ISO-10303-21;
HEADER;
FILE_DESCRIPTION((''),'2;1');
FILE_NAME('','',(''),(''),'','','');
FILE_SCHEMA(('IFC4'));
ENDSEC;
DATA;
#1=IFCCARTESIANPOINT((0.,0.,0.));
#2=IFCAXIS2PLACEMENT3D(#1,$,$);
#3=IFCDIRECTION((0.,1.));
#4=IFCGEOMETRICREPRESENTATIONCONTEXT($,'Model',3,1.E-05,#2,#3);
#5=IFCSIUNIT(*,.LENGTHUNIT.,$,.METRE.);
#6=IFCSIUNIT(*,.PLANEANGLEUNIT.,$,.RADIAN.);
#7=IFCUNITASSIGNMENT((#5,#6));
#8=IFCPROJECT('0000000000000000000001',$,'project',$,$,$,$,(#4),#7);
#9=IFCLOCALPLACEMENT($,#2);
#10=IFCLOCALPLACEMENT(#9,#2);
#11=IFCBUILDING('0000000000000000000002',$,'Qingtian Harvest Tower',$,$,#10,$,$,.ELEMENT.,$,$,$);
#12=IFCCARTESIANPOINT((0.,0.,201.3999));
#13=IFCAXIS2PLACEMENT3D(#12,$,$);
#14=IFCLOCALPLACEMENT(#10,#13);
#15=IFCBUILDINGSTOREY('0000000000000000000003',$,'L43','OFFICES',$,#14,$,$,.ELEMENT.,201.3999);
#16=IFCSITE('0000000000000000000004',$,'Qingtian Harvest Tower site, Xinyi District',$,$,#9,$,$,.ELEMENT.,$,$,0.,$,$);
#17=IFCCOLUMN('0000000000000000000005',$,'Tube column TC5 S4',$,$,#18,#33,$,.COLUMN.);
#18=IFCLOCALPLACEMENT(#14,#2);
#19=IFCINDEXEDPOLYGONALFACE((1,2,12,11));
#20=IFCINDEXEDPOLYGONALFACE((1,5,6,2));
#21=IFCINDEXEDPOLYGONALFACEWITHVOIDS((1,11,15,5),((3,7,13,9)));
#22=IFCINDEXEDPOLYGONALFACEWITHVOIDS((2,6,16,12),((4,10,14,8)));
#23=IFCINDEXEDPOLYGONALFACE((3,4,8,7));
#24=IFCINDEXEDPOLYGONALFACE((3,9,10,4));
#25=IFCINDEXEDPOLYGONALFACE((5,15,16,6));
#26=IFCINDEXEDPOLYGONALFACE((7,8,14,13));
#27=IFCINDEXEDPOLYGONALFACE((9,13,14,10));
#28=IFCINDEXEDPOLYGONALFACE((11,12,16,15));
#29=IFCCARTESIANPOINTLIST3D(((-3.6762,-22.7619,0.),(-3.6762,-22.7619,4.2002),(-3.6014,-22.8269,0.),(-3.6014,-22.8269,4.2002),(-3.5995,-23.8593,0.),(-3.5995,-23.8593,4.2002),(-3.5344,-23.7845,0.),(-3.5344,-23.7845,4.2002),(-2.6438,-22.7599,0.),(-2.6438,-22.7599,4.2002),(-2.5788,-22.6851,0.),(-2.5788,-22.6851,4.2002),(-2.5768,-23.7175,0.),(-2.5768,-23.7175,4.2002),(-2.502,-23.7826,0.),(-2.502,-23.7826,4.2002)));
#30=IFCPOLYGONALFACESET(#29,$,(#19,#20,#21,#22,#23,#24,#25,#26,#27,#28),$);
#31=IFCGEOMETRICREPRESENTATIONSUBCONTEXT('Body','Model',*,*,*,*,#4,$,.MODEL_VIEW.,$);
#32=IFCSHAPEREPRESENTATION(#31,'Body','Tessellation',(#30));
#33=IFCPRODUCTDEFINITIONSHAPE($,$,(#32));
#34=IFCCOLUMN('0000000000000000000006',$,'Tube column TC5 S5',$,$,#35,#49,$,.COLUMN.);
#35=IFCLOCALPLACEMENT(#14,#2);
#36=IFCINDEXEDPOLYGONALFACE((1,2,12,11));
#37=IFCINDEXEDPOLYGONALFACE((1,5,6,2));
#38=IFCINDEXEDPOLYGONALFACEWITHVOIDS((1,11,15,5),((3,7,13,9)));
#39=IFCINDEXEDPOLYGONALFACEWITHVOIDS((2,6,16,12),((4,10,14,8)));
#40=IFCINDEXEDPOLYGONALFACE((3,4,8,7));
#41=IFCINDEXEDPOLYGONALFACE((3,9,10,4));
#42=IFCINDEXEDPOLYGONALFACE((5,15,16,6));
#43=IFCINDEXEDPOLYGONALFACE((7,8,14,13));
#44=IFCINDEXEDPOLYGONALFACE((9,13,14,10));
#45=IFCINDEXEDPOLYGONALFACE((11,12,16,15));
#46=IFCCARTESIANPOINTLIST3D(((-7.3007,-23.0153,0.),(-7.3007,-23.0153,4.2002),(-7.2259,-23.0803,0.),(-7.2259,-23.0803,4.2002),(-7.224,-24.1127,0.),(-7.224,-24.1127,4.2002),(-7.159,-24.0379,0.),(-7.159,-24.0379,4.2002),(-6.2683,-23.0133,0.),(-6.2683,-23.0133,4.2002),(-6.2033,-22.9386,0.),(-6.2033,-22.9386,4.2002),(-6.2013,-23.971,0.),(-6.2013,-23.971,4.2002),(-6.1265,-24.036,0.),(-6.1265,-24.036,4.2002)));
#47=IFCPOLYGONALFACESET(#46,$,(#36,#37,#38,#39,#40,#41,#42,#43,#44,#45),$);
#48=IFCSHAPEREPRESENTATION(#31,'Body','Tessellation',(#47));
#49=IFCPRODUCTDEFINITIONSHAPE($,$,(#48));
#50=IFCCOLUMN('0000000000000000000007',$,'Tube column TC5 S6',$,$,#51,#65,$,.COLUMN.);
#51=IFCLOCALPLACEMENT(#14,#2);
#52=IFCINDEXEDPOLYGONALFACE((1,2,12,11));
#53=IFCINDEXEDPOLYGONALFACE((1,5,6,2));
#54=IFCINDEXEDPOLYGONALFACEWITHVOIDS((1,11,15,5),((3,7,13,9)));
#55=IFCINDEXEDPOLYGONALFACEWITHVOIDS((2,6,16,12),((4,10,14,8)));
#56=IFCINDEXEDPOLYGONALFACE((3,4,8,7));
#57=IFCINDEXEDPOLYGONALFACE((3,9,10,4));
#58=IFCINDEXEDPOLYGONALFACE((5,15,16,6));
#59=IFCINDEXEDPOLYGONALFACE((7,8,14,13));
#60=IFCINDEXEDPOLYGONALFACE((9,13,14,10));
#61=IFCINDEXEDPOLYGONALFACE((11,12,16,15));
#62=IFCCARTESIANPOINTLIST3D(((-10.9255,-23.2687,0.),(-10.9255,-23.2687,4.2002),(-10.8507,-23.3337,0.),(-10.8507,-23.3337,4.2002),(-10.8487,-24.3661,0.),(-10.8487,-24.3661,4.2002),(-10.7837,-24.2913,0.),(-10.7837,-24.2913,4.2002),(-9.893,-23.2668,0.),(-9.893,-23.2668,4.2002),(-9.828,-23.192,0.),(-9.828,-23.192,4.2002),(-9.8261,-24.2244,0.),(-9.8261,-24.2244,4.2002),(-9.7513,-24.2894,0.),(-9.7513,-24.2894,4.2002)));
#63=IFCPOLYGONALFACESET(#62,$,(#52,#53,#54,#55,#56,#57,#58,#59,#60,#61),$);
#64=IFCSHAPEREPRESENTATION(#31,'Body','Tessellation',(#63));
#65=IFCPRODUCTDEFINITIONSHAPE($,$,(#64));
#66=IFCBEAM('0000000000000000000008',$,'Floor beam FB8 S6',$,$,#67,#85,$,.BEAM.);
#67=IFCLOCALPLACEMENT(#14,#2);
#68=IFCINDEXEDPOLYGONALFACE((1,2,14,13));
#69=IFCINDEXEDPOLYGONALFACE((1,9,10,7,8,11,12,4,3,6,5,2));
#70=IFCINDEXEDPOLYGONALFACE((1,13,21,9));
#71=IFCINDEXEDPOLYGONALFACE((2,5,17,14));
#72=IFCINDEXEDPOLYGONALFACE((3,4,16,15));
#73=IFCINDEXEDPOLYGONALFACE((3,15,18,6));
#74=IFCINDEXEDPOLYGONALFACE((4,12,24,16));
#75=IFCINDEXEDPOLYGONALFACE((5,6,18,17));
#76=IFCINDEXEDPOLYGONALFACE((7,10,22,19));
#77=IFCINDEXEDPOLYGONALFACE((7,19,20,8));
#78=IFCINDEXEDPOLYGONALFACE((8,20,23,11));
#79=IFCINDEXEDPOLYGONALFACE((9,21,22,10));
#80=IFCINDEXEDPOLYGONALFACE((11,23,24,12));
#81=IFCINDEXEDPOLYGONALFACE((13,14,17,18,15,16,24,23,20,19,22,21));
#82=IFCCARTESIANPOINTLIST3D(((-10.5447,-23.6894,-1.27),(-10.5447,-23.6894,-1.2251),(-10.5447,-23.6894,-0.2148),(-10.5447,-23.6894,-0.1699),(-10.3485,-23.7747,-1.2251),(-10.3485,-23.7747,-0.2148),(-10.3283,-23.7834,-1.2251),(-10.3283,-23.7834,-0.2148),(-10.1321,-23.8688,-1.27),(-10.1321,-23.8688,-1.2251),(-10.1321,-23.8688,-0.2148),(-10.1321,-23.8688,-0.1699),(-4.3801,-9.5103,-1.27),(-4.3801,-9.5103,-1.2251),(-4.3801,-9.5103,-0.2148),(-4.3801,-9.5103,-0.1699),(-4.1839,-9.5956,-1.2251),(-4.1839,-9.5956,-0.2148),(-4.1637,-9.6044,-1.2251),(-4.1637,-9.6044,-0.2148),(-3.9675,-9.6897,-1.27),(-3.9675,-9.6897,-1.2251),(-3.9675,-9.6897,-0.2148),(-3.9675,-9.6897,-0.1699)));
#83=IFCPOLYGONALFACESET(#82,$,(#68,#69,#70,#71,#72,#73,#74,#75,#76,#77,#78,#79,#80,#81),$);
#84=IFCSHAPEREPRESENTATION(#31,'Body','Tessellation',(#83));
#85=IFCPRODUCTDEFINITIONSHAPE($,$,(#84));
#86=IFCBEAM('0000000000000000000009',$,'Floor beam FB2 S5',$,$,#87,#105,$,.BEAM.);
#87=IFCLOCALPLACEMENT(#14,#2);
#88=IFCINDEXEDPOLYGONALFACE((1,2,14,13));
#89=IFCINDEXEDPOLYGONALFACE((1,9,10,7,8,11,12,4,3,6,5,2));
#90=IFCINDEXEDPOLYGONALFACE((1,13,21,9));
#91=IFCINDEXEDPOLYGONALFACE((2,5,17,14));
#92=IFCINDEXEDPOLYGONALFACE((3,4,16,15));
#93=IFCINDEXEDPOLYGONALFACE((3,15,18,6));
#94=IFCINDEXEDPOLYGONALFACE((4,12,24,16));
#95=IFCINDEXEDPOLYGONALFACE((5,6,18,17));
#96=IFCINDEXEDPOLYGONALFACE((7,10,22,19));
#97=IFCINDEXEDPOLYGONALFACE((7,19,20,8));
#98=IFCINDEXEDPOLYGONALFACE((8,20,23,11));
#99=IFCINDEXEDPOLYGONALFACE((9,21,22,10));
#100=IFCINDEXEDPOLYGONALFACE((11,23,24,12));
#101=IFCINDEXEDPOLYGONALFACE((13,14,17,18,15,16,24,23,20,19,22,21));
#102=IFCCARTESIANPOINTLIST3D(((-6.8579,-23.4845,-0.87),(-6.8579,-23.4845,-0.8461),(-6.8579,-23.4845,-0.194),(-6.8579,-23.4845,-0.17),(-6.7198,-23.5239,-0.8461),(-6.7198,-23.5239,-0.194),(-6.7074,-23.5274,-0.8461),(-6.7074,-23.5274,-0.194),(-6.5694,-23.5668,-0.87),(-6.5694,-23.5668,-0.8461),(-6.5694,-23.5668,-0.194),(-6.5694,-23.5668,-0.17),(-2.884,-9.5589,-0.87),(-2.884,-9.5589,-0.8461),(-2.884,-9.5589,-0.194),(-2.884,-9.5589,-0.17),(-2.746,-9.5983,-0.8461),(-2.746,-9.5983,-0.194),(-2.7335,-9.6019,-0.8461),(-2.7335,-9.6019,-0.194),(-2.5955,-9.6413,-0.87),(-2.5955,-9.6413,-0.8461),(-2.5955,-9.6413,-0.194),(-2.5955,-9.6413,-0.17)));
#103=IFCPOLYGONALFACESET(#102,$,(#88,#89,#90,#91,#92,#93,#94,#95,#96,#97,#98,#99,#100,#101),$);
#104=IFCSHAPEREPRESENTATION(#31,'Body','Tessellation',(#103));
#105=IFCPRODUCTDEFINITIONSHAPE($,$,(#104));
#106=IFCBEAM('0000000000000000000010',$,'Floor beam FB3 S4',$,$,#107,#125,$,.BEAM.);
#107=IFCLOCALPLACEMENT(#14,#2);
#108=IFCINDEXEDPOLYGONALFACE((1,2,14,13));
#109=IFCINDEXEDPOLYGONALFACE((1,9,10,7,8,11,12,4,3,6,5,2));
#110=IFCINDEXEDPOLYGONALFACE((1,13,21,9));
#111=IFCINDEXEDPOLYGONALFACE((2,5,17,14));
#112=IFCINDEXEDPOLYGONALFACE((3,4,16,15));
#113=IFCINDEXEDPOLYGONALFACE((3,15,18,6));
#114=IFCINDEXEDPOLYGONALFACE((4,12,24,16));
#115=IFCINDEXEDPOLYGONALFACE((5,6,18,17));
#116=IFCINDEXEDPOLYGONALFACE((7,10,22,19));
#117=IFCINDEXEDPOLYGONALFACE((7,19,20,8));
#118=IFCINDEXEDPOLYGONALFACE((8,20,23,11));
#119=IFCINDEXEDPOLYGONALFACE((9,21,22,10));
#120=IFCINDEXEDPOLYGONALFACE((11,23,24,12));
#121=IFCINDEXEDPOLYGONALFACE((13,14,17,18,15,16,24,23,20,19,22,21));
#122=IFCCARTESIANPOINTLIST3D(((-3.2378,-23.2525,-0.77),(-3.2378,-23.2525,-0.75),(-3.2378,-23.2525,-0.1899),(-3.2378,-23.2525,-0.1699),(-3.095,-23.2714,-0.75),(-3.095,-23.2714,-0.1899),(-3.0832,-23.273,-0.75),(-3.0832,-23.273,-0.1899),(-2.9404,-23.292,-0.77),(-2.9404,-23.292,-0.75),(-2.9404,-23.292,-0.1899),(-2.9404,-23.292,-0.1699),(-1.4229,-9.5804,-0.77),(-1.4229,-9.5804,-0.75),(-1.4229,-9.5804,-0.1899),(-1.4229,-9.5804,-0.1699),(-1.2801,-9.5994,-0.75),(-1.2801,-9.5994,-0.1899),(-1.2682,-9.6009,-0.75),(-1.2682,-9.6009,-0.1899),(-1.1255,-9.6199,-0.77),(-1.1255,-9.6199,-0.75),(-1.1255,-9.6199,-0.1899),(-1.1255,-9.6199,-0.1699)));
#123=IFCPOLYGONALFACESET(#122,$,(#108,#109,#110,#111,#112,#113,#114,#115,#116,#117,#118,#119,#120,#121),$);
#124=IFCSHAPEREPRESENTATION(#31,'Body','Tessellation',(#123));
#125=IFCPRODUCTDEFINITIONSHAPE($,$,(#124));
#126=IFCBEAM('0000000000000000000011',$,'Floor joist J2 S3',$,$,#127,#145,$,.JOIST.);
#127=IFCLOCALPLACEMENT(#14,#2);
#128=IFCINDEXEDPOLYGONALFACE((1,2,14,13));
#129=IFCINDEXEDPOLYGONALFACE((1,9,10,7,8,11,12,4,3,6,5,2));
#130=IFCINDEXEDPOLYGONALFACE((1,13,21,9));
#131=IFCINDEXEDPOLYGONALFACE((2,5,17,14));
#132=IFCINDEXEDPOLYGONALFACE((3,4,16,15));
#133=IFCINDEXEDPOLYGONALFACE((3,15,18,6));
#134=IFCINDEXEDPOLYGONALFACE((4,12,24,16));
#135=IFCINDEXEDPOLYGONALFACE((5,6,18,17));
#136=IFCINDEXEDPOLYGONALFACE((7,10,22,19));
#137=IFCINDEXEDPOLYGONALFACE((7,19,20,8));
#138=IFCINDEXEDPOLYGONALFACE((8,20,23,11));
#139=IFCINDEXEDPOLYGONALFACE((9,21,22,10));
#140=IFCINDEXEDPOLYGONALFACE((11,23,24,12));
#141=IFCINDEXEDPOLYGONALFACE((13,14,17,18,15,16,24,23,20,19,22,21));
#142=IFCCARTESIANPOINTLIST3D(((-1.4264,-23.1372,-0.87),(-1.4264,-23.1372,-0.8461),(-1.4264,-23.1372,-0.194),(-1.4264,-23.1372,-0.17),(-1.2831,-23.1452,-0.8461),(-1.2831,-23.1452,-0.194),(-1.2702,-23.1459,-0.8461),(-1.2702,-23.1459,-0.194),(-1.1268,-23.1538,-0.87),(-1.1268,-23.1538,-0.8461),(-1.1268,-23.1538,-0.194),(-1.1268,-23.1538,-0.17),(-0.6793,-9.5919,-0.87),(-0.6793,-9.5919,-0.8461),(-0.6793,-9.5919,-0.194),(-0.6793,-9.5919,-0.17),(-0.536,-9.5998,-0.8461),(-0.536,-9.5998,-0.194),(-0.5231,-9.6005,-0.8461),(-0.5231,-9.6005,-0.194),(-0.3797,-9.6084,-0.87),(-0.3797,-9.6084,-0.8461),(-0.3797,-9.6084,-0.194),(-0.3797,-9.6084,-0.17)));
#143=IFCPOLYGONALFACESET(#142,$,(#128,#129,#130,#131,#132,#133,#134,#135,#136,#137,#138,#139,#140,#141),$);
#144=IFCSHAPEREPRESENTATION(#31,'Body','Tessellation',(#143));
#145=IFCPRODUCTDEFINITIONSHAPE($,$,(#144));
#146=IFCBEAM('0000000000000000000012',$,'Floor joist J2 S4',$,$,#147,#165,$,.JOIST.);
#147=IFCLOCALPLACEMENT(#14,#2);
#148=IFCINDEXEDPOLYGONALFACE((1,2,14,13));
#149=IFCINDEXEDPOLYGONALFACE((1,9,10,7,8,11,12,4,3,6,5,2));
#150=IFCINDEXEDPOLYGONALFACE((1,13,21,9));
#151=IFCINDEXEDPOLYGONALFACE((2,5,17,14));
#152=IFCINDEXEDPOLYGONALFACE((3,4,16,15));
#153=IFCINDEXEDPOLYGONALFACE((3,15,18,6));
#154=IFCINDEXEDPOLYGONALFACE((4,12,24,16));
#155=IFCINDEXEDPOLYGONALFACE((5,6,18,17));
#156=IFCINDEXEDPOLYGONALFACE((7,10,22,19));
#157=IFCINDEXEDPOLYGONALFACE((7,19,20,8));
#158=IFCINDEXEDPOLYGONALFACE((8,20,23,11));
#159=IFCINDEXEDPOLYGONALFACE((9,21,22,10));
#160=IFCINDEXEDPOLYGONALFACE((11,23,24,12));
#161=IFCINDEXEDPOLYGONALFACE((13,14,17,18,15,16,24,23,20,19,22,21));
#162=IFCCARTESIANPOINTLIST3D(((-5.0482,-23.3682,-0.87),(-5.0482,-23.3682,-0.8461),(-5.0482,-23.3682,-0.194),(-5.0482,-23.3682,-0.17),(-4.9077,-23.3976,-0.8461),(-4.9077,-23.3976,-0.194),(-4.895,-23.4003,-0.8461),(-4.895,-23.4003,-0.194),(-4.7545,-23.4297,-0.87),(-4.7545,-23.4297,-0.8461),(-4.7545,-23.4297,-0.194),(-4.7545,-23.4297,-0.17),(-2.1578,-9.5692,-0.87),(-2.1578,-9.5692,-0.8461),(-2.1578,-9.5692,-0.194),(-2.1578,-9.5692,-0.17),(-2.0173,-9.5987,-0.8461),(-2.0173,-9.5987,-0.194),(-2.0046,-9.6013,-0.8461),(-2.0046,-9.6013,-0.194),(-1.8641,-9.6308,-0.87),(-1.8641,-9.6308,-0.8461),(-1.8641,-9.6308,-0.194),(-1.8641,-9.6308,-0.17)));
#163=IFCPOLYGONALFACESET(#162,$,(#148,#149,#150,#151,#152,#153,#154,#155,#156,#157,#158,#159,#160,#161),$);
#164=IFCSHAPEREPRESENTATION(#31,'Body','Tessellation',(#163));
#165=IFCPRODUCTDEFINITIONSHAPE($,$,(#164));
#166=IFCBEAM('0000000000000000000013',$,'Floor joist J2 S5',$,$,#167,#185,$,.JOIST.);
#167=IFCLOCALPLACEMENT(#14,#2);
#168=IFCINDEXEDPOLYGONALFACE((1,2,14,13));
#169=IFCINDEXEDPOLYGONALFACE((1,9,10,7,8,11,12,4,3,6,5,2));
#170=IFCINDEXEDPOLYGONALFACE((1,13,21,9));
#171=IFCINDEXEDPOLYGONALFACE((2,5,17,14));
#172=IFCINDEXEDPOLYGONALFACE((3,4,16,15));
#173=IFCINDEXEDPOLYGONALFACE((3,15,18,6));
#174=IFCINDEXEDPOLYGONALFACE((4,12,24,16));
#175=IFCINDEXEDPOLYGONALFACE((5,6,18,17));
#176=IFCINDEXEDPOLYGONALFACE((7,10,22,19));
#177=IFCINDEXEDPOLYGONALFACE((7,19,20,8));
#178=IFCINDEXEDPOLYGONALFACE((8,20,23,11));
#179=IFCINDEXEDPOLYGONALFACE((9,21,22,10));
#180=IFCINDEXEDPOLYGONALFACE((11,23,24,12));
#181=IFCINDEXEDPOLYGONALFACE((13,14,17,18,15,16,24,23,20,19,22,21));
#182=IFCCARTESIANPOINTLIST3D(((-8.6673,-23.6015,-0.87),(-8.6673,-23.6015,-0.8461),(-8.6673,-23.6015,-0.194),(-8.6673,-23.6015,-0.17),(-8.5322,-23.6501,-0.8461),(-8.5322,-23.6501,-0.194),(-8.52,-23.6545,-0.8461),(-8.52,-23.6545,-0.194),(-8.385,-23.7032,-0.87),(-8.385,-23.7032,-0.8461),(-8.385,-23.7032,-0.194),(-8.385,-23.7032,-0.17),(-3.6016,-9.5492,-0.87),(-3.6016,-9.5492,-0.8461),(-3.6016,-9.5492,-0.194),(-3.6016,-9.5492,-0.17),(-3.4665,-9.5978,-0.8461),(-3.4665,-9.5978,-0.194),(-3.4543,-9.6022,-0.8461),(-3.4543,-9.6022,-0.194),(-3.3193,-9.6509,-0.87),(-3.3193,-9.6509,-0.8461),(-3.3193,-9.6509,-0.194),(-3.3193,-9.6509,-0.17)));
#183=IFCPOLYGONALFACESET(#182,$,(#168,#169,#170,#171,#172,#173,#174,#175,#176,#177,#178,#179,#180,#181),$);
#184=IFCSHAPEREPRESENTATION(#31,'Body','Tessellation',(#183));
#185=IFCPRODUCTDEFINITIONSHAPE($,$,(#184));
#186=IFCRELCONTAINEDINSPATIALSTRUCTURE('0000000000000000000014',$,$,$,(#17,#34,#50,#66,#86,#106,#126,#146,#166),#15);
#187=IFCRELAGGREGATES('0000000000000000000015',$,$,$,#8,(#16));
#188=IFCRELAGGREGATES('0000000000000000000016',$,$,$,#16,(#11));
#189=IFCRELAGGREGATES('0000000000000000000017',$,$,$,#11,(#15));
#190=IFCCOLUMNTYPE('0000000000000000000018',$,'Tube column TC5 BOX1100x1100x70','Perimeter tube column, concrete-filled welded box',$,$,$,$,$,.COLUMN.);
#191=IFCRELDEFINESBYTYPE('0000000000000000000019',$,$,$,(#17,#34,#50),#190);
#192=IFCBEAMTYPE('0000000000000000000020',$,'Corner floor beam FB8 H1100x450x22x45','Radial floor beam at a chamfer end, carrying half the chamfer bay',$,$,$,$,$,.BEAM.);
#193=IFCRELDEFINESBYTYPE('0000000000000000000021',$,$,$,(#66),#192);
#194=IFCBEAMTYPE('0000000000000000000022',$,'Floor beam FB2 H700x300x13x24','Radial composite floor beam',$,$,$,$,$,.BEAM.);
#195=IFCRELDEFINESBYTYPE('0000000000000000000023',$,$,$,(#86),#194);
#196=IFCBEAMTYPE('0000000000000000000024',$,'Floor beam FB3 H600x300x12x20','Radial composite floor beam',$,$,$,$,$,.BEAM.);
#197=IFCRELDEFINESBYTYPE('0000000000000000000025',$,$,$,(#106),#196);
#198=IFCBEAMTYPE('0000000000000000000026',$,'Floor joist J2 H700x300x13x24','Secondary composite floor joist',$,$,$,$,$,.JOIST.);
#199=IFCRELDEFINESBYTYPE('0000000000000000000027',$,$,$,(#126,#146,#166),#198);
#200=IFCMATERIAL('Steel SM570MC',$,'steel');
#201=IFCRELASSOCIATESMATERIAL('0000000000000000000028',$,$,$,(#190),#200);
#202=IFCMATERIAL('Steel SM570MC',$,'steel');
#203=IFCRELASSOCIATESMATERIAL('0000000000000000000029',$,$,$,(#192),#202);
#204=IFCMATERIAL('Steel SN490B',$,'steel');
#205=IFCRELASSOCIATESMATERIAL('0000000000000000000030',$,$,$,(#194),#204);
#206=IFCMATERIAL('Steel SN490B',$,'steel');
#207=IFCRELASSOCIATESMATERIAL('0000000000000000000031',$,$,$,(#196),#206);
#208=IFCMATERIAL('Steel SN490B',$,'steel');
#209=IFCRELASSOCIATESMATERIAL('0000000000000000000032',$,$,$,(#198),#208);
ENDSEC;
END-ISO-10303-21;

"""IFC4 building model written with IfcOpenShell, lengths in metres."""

from ifc_helpers import new_model, si_unit, direction, frame, origin, origin_2d, place, context, subcontext, project, spatial, hollow_rectangle, i_section, extrude, material, material_profile, profile_set, type_object, element, save


model = new_model("IFC4")

# Units and contexts
model_context = context("Model", 3, precision=1e-05, world=origin(), true_north=direction((0.0, 1.0)))
body_context = subcontext(model_context, "Body", "Model", "MODEL_VIEW")
ifc_project = project(units=[si_unit("LENGTHUNIT", "METRE"), si_unit("PLANEANGLEUNIT", "RADIAN")], contexts=[model_context])

# Site, building, storey
site_placement = place(None, origin())
site = spatial("IfcSite", under=ifc_project, at=site_placement, Name="Qingtian Harvest Tower site, Xinyi District", CompositionType="ELEMENT", RefElevation=0.0)
building_placement = place(site_placement, origin())
building = spatial("IfcBuilding", under=site, at=building_placement, Name="Qingtian Harvest Tower", CompositionType="ELEMENT")
storey_placement = place(building_placement, frame((0.0, 0.0, 201.3999)))
storey = spatial("IfcBuildingStorey", under=building, at=storey_placement, Name="L43", Description="OFFICES", CompositionType="ELEMENT", Elevation=201.3999)

# Columns
ifc_material_1 = material(Name="Steel SM570MC", Category="steel")
ifc_material_profile_1 = material_profile(ifc_material_1, hollow_rectangle(XDim=1.1001, YDim=1.1001, WallThickness=0.0701, at=origin_2d()), Name="BOX1100x1100x70")
ifc_profile_set_1 = profile_set([ifc_material_profile_1], Name="Steel SM570MC")
column_type = type_object("IfcColumnType", Name="Tube column TC5 BOX1100x1100x70", Description="Perimeter tube column, concrete-filled welded box", PredefinedType="COLUMN", material=ifc_profile_set_1)
for number, where, z_axis, x_axis, name in (
    (1, (-3.0891, -23.2722, 0.0), (0.0, 0.0, 1.0), (0.997564, 0.069756, 0.0), "Tube column TC5 S4"),
    (2, (-6.7136, -23.5256, 0.0), (0.0, 0.0, 1.0), (0.997564, 0.069756, 0.0), "Tube column TC5 S5"),
    (3, (-10.3384, -23.7791, 0.0), (0.0, 0.0, 1.0), (0.997564, 0.069756, 0.0), "Tube column TC5 S6"),
):
    element("IfcColumn", number, at=place(storey_placement, frame(where, z_axis=z_axis, x_axis=x_axis)), inside=storey, type_object=column_type, Name=name, PredefinedType="COLUMN", context=body_context, shape_type="SweptSolid", body=[
        extrude(hollow_rectangle(XDim=1.1001, YDim=1.1001, WallThickness=0.0701, at=origin_2d()), origin(), (0.0, 0.0, 1.0), 4.2002),
    ])

# Beams
ifc_material_2 = material(Name="Steel SM570MC", Category="steel")
ifc_material_profile_2 = material_profile(ifc_material_2, i_section(OverallWidth=0.45, OverallDepth=1.1001, WebThickness=0.022, FlangeThickness=0.0449, at=origin_2d()), Name="H1100x450x22x45")
ifc_profile_set_2 = profile_set([ifc_material_profile_2], Name="Steel SM570MC")
beam_type_1 = type_object("IfcBeamType", Name="Corner floor beam FB8 H1100x450x22x45", Description="Radial floor beam at a chamfer end, carrying half the chamfer bay", PredefinedType="BEAM", material=ifc_profile_set_2)
beam_1_placement = place(storey_placement, frame((-10.3384, -23.7791, -0.72), z_axis=(0.398715, 0.917075, 0.0), x_axis=(-0.917075, 0.398715, 0.0)))
element("IfcBeam", 4, at=beam_1_placement, inside=storey, type_object=beam_type_1, Name="Floor beam FB8 S6", PredefinedType="BEAM", context=body_context, shape_type="SweptSolid", body=[
    extrude(i_section(OverallWidth=0.45, OverallDepth=1.1001, WebThickness=0.022, FlangeThickness=0.0449, at=origin_2d()), origin(), (0.0, 0.0, 1.0), 15.4612),
])
ifc_material_3 = material(Name="Steel SN490B", Category="steel")
ifc_material_profile_3 = material_profile(ifc_material_3, i_section(OverallWidth=0.3, OverallDepth=0.7, WebThickness=0.0129, FlangeThickness=0.0239, at=origin_2d()), Name="H700x300x13x24")
ifc_profile_set_3 = profile_set([ifc_material_profile_3], Name="Steel SN490B")
beam_type_2 = type_object("IfcBeamType", Name="Floor beam FB2 H700x300x13x24", Description="Radial composite floor beam", PredefinedType="BEAM", material=ifc_profile_set_3)
beam_2_placement = place(storey_placement, frame((-6.7136, -23.5256, -0.52), z_axis=(0.274412, 0.961612, 0.0), x_axis=(-0.961612, 0.274412, 0.0)))
element("IfcBeam", 5, at=beam_2_placement, inside=storey, type_object=beam_type_2, Name="Floor beam FB2 S5", PredefinedType="BEAM", context=body_context, shape_type="SweptSolid", body=[
    extrude(i_section(OverallWidth=0.3, OverallDepth=0.7, WebThickness=0.0129, FlangeThickness=0.0239, at=origin_2d()), origin(), (0.0, 0.0, 1.0), 14.4814),
])
ifc_material_4 = material(Name="Steel SN490B", Category="steel")
ifc_material_profile_4 = material_profile(ifc_material_4, i_section(OverallWidth=0.3, OverallDepth=0.6001, WebThickness=0.012, FlangeThickness=0.02, at=origin_2d()), Name="H600x300x12x20")
ifc_profile_set_4 = profile_set([ifc_material_profile_4], Name="Steel SN490B")
beam_type_3 = type_object("IfcBeamType", Name="Floor beam FB3 H600x300x12x20", Description="Radial composite floor beam", PredefinedType="BEAM", material=ifc_profile_set_4)
beam_3_placement = place(storey_placement, frame((-3.0891, -23.2722, -0.47), z_axis=(0.131593, 0.991304, 0.0), x_axis=(-0.991304, 0.131593, 0.0)))
element("IfcBeam", 6, at=beam_3_placement, inside=storey, type_object=beam_type_3, Name="Floor beam FB3 S4", PredefinedType="BEAM", context=body_context, shape_type="SweptSolid", body=[
    extrude(i_section(OverallWidth=0.3, OverallDepth=0.6001, WebThickness=0.012, FlangeThickness=0.02, at=origin_2d()), origin(), (0.0, 0.0, 1.0), 13.792),
])
ifc_material_5 = material(Name="Steel SN490B", Category="steel")
ifc_material_profile_5 = material_profile(ifc_material_5, i_section(OverallWidth=0.3, OverallDepth=0.7, WebThickness=0.0129, FlangeThickness=0.0239, at=origin_2d()), Name="H700x300x13x24")
ifc_profile_set_5 = profile_set([ifc_material_profile_5], Name="Steel SN490B")
beam_type_4 = type_object("IfcBeamType", Name="Floor joist J2 H700x300x13x24", Description="Secondary composite floor joist", PredefinedType="JOIST", material=ifc_profile_set_5)
beam_4_placement = place(storey_placement, frame((-1.2766, -23.1455, -0.52), z_axis=(0.055069, 0.998483, 0.0), x_axis=(-0.998483, 0.055069, 0.0)))
element("IfcBeam", 7, at=beam_4_placement, inside=storey, type_object=beam_type_4, Name="Floor joist J2 S3", PredefinedType="JOIST", context=body_context, shape_type="SweptSolid", body=[
    extrude(i_section(OverallWidth=0.3, OverallDepth=0.7, WebThickness=0.0129, FlangeThickness=0.0239, at=origin_2d()), origin(), (0.0, 0.0, 1.0), 13.5659),
])
beam_5_placement = place(storey_placement, frame((-4.9014, -23.3989, -0.52), z_axis=(0.205016, 0.978759, 0.0), x_axis=(-0.978759, 0.205016, 0.0)))
element("IfcBeam", 8, at=beam_5_placement, inside=storey, type_object=beam_type_4, Name="Floor joist J2 S4", PredefinedType="JOIST", context=body_context, shape_type="SweptSolid", body=[
    extrude(i_section(OverallWidth=0.3, OverallDepth=0.7, WebThickness=0.0129, FlangeThickness=0.0239, at=origin_2d()), origin(), (0.0, 0.0, 1.0), 14.0984),
])
beam_6_placement = place(storey_placement, frame((-8.5261, -23.6523, -0.52), z_axis=(0.339126, 0.940741, 0.0), x_axis=(-0.940741, 0.339126, 0.0)))
element("IfcBeam", 9, at=beam_6_placement, inside=storey, type_object=beam_type_4, Name="Floor joist J2 S5", PredefinedType="JOIST", context=body_context, shape_type="SweptSolid", body=[
    extrude(i_section(OverallWidth=0.3, OverallDepth=0.7, WebThickness=0.0129, FlangeThickness=0.0239, at=origin_2d()), origin(), (0.0, 0.0, 1.0), 14.9375),
])

save(model, "model.ifc")
